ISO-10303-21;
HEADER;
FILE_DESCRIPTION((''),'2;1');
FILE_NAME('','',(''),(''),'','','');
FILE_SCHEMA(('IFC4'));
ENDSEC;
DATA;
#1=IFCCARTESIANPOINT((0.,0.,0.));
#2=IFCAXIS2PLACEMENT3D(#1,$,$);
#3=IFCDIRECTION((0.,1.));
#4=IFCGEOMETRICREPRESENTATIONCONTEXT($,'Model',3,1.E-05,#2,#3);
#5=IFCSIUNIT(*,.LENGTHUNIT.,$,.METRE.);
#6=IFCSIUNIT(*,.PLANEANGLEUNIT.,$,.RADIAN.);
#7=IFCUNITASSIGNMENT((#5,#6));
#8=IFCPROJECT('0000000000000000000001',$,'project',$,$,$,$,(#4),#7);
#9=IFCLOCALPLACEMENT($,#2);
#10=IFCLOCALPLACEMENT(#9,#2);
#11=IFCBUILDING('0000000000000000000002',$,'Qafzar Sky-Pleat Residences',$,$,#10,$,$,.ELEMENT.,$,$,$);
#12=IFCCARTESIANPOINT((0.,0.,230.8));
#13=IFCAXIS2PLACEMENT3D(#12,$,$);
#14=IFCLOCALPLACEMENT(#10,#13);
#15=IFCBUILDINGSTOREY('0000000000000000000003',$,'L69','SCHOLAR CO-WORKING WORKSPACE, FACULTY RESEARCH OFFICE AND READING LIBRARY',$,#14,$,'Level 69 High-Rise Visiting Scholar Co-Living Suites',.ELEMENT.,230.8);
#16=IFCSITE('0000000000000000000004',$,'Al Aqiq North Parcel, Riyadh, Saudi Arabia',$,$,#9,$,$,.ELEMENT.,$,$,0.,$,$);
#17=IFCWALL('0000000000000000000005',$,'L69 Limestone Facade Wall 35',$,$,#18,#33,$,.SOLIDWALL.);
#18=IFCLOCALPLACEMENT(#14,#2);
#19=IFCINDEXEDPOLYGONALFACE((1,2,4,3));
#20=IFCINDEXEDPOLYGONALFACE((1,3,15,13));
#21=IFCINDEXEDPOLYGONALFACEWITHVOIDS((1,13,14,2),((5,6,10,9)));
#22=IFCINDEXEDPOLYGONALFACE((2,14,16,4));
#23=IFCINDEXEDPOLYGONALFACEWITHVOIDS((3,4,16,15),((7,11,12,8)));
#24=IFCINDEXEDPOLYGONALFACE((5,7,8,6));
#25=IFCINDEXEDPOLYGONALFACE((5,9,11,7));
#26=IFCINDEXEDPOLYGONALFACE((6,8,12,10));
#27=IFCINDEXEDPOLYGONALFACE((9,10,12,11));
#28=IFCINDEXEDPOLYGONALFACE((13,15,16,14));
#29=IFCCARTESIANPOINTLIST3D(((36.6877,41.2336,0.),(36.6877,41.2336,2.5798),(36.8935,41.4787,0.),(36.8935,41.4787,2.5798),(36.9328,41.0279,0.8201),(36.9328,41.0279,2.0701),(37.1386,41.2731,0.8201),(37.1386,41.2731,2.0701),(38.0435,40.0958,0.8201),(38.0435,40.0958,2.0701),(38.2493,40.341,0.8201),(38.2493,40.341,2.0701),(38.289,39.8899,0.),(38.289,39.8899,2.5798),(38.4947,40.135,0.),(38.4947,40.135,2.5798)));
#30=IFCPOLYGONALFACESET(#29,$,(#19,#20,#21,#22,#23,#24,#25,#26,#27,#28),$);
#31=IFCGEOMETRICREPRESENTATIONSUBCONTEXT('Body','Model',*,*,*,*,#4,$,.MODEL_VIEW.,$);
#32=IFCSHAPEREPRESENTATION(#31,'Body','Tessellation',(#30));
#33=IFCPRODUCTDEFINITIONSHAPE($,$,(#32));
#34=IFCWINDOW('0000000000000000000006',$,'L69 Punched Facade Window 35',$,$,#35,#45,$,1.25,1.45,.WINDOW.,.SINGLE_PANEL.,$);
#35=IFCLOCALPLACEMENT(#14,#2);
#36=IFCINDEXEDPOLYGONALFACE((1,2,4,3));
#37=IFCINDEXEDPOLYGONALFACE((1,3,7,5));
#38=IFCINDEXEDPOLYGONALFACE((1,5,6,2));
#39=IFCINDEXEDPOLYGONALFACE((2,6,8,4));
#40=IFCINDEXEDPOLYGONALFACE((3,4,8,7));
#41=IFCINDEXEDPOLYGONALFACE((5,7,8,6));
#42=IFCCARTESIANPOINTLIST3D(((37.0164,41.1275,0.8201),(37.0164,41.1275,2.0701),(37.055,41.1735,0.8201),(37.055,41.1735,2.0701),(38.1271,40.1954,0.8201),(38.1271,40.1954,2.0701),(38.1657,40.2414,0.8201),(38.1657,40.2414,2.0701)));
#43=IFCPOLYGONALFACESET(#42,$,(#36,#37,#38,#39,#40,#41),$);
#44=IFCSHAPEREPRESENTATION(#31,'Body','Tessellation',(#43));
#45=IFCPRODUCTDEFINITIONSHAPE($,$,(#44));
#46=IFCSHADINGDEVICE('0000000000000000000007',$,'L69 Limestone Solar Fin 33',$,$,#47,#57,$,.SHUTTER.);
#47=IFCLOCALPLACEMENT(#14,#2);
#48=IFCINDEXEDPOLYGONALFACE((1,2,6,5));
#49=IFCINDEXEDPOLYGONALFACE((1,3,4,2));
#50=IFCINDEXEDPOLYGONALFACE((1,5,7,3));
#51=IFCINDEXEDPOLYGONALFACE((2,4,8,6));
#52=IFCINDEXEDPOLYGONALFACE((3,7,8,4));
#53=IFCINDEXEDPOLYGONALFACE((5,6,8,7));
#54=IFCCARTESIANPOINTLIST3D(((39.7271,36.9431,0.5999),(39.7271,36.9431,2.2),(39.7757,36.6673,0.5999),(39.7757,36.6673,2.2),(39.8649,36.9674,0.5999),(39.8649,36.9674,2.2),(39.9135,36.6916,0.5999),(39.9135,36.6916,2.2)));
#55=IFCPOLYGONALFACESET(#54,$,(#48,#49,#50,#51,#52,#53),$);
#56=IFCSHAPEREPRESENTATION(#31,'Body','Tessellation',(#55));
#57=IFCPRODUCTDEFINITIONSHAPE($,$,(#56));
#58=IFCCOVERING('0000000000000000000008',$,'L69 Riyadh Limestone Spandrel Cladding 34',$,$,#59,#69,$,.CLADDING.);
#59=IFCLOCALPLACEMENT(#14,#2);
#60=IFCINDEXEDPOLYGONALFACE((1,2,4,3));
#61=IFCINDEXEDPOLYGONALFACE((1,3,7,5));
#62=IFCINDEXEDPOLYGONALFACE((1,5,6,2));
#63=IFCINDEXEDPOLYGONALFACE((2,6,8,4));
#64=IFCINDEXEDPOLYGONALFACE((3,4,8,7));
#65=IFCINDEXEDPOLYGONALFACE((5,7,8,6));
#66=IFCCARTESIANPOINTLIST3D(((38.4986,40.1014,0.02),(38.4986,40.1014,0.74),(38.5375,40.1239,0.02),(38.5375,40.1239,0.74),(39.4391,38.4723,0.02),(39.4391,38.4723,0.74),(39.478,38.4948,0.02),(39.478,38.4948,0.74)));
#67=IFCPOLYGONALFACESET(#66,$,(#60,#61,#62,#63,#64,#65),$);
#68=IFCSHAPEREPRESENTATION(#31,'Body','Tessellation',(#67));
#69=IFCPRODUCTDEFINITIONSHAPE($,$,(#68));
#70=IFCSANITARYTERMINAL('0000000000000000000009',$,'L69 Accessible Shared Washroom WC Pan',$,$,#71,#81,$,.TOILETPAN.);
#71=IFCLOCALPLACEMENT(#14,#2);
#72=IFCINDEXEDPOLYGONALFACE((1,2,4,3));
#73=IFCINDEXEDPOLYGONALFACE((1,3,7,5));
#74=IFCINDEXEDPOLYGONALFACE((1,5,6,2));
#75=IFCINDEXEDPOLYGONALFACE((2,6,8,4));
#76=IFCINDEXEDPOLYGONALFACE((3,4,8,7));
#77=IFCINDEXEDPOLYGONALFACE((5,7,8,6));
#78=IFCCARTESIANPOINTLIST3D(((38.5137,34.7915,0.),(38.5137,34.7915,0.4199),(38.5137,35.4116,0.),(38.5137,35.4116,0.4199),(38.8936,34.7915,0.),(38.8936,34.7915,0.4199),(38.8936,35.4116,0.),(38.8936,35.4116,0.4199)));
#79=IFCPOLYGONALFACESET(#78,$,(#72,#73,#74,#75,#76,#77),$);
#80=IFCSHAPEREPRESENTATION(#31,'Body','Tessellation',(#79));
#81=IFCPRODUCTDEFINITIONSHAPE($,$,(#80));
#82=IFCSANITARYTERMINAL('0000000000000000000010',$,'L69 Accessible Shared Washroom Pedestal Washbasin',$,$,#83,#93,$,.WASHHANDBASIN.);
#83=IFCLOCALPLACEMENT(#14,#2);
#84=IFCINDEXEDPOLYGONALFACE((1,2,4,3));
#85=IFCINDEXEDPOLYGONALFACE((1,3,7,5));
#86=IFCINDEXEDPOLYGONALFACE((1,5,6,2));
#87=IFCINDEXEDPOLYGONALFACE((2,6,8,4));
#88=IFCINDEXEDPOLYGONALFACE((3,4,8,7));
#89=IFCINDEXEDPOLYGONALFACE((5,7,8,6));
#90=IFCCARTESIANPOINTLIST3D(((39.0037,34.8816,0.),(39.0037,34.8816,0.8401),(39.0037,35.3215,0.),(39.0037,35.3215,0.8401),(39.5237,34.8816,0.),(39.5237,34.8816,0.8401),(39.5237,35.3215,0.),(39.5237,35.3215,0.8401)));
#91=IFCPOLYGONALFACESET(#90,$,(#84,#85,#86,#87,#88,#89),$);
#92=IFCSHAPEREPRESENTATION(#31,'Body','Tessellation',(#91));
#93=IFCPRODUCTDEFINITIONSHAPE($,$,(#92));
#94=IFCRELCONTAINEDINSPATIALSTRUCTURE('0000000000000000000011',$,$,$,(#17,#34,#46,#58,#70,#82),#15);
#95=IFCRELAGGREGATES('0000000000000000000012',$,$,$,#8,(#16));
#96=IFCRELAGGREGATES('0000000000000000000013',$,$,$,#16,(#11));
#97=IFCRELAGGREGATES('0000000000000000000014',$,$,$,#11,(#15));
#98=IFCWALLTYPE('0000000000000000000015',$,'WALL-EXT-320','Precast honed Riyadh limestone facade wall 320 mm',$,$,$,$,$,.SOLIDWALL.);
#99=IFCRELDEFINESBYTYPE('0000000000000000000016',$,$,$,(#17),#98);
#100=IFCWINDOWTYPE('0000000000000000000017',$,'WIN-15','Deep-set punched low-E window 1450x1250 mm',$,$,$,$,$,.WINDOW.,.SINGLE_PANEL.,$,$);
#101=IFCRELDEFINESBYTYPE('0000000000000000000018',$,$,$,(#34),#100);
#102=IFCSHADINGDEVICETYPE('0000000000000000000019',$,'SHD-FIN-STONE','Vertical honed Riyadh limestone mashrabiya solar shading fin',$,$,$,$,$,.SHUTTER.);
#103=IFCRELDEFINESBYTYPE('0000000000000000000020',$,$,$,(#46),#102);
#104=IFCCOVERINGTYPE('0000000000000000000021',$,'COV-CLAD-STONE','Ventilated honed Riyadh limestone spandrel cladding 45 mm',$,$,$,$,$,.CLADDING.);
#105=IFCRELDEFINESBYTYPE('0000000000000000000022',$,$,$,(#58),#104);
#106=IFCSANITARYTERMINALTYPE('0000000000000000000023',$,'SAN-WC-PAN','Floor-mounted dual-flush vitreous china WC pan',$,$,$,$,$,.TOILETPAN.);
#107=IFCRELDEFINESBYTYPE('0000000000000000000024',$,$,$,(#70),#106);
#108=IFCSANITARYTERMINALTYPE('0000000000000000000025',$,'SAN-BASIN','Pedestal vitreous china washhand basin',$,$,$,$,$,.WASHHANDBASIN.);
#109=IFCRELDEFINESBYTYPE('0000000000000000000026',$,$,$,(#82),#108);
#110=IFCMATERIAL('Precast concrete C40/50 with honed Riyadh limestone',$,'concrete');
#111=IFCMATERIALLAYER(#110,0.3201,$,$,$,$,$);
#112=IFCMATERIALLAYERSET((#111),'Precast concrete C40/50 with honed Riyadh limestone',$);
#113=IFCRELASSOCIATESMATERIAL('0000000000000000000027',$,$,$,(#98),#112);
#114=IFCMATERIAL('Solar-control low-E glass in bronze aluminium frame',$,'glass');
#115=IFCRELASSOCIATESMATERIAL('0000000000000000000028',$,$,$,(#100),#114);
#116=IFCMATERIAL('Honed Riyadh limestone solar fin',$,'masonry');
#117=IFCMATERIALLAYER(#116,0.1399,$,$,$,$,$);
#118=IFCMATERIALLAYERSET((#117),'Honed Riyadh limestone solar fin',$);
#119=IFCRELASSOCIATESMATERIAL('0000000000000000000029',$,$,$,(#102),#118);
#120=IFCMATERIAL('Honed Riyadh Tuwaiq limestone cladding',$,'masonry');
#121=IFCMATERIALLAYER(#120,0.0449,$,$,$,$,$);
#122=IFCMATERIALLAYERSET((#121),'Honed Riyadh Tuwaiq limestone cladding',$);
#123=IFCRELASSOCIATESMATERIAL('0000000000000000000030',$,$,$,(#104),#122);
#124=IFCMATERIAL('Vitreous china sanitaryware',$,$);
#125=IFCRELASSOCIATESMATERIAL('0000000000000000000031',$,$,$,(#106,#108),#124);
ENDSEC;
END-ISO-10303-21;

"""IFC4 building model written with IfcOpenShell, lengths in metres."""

from ifc_helpers import new_model, si_unit, direction, frame, frame_2d, origin, origin_2d, place, context, subcontext, project, spatial, rectangle, extrude, source, transform, mapped, material, layer, layer_set, type_object, element, fill, save


model = new_model("IFC4")

# Units and contexts
model_context = context("Model", 3, precision=1e-05, world=origin(), true_north=direction((0.0, 1.0)))
body_context = subcontext(model_context, "Body", "Model", "MODEL_VIEW")
ifc_project = project(units=[si_unit("LENGTHUNIT", "METRE"), si_unit("PLANEANGLEUNIT", "RADIAN")], contexts=[model_context])

# Site, building, storey
site_placement = place(None, origin())
site = spatial("IfcSite", under=ifc_project, at=site_placement, Name="Al Aqiq North Parcel, Riyadh, Saudi Arabia", CompositionType="ELEMENT", RefElevation=0.0)
building_placement = place(site_placement, origin())
building = spatial("IfcBuilding", under=site, at=building_placement, Name="Qafzar Sky-Pleat Residences", CompositionType="ELEMENT")
storey_placement = place(building_placement, frame((0.0, 0.0, 230.8)))
storey = spatial("IfcBuildingStorey", under=building, at=storey_placement, Name="L69", Description="SCHOLAR CO-WORKING WORKSPACE, FACULTY RESEARCH OFFICE AND READING LIBRARY", LongName="Level 69 High-Rise Visiting Scholar Co-Living Suites", CompositionType="ELEMENT", Elevation=230.8)

# Wall, opening, window
ifc_material_1 = material(Name="Precast concrete C40/50 with honed Riyadh limestone", Category="concrete")
ifc_layer_1 = layer(ifc_material_1, 0.3201)
ifc_layer_set_1 = layer_set([ifc_layer_1], Name="Precast concrete C40/50 with honed Riyadh limestone")
wall_type_1 = type_object("IfcWallType", Name="WALL-EXT-320", Description="Precast honed Riyadh limestone facade wall 320 mm", PredefinedType="SOLIDWALL", material=ifc_layer_set_1)
ifc_material_2 = material(Name="Solar-control low-E glass in bronze aluminium frame", Category="glass")
window_type_1 = type_object("IfcWindowType", Name="WIN-15", Description="Deep-set punched low-E window 1450x1250 mm", PartitioningType="SINGLE_PANEL", PredefinedType="WINDOW", material=ifc_material_2)
shared_shape_1 = source(origin(), body_context, "Body", "SweptSolid", [
    extrude(rectangle(XDim=1.45, YDim=1.25, at=frame_2d((0.7251, 0.625))), frame((0.0, 0.03, 0.0), z_axis=(0.0, -1.0, 0.0), x_axis=(1.0, 0.0, 0.0)), (0.0, 0.0, 1.0), 0.0601),
])
wall_1_placement = place(storey_placement, frame((38.3918, 40.0125, 0.0), z_axis=(0.0, 0.0, 1.0), x_axis=(-0.766025, 0.642811, 0.0)))
wall_1 = element("IfcWall", 1, at=wall_1_placement, inside=storey, type_object=wall_type_1, Name="L69 Limestone Facade Wall 35", PredefinedType="SOLIDWALL", context=body_context, shape_type="SweptSolid", body=[
    extrude(rectangle(XDim=2.0903, YDim=0.3201, at=frame_2d((1.0452, 0.0))), origin(), (0.0, 0.0, 1.0), 2.5798),
])
opening_1_placement = place(wall_1_placement, frame((0.3203, 0.0, 0.8201)))
opening_1 = element("IfcOpeningElement", 2, at=opening_1_placement, cuts=wall_1, PredefinedType="OPENING", context=body_context, shape_type="SweptSolid", body=[
    extrude(rectangle(XDim=1.45, YDim=1.25, at=frame_2d((0.7251, 0.625))), frame((0.0, 0.1699, 0.0), z_axis=(0.0, -1.0, 0.0), x_axis=(1.0, 0.0, 0.0)), (0.0, 0.0, 1.0), 0.3401),
])
window_1_placement = place(opening_1_placement, origin())
window_1 = element("IfcWindow", 3, at=window_1_placement, inside=storey, type_object=window_type_1, Name="L69 Punched Facade Window 35", OverallHeight=1.25, OverallWidth=1.45, PartitioningType="SINGLE_PANEL", PredefinedType="WINDOW", context=body_context, shape_type="MappedRepresentation", body=[
    mapped(shared_shape_1, transform((0.0, 0.0, 0.0), x_axis=(1.0, 0.0, 0.0), y_axis=(0.0, 1.0, 0.0), z_axis=(0.0, 0.0, 1.0), scale=1.0)),
])
fill(opening_1, window_1)

# Shading device
ifc_material_3 = material(Name="Honed Riyadh limestone solar fin", Category="masonry")
ifc_layer_2 = layer(ifc_material_3, 0.1399)
ifc_layer_set_2 = layer_set([ifc_layer_2], Name="Honed Riyadh limestone solar fin")
shading_device_type = type_object("IfcShadingDeviceType", Name="SHD-FIN-STONE", Description="Vertical honed Riyadh limestone mashrabiya solar shading fin", PredefinedType="SHUTTER", material=ifc_layer_set_2)
shared_shape_2 = source(origin(), body_context, "Body", "SweptSolid", [
    extrude(rectangle(XDim=0.1399, YDim=0.28, at=origin_2d()), origin(), (0.0, 0.0, 1.0), 1.6001),
])
shading_device_placement = place(storey_placement, frame((39.8203, 36.8174, 0.5999), z_axis=(0.0, 0.0, 1.0), x_axis=(0.984806, 0.173658, 0.0)))
element("IfcShadingDevice", 4, at=shading_device_placement, inside=storey, type_object=shading_device_type, Name="L69 Limestone Solar Fin 33", PredefinedType="SHUTTER", context=body_context, shape_type="MappedRepresentation", body=[
    mapped(shared_shape_2, transform((0.0, 0.0, 0.0), x_axis=(1.0, 0.0, 0.0), y_axis=(0.0, 1.0, 0.0), z_axis=(0.0, 0.0, 1.0), scale=1.0)),
])

# Covering
ifc_material_4 = material(Name="Honed Riyadh Tuwaiq limestone cladding", Category="masonry")
ifc_layer_3 = layer(ifc_material_4, 0.0449)
ifc_layer_set_3 = layer_set([ifc_layer_3], Name="Honed Riyadh Tuwaiq limestone cladding")
covering_type = type_object("IfcCoveringType", Name="COV-CLAD-STONE", Description="Ventilated honed Riyadh limestone spandrel cladding 45 mm", PredefinedType="CLADDING", material=ifc_layer_set_3)
shared_shape_3 = source(origin(), body_context, "Body", "SweptSolid", [
    extrude(rectangle(XDim=1.8811, YDim=0.0449, at=origin_2d()), origin(), (0.0, 0.0, 1.0), 0.72),
])
covering_placement = place(storey_placement, frame((38.9883, 39.2981, 0.02), z_axis=(0.0, 0.0, 1.0), x_axis=(-0.499993, 0.866029, 0.0)))
element("IfcCovering", 5, at=covering_placement, inside=storey, type_object=covering_type, Name="L69 Riyadh Limestone Spandrel Cladding 34", PredefinedType="CLADDING", context=body_context, shape_type="MappedRepresentation", body=[
    mapped(shared_shape_3, transform((0.0, 0.0, 0.0), x_axis=(1.0, 0.0, 0.0), y_axis=(0.0, 1.0, 0.0), z_axis=(0.0, 0.0, 1.0), scale=1.0)),
])

# Sanitary terminals
ifc_material_5 = material(Name="Vitreous china sanitaryware")
sanitary_terminal_type_1 = type_object("IfcSanitaryTerminalType", Name="SAN-WC-PAN", Description="Floor-mounted dual-flush vitreous china WC pan", PredefinedType="TOILETPAN", material=ifc_material_5)
shared_shape_4 = source(origin(), body_context, "Body", "SweptSolid", [
    extrude(rectangle(XDim=0.3799, YDim=0.6201, at=origin_2d()), origin(), (0.0, 0.0, 1.0), 0.4199),
])
sanitary_terminal_1_placement = place(storey_placement, frame((38.7036, 35.1016, 0.0), z_axis=(0.0, 0.0, 1.0), x_axis=(1.0, 0.0, 0.0)))
element("IfcSanitaryTerminal", 6, at=sanitary_terminal_1_placement, inside=storey, type_object=sanitary_terminal_type_1, Name="L69 Accessible Shared Washroom WC Pan", PredefinedType="TOILETPAN", context=body_context, shape_type="MappedRepresentation", body=[
    mapped(shared_shape_4, transform((0.0, 0.0, 0.0), x_axis=(1.0, 0.0, 0.0), y_axis=(0.0, 1.0, 0.0), z_axis=(0.0, 0.0, 1.0), scale=1.0)),
])
sanitary_terminal_type_2 = type_object("IfcSanitaryTerminalType", Name="SAN-BASIN", Description="Pedestal vitreous china washhand basin", PredefinedType="WASHHANDBASIN", material=ifc_material_5)
shared_shape_5 = source(origin(), body_context, "Body", "SweptSolid", [
    extrude(rectangle(XDim=0.52, YDim=0.4399, at=origin_2d()), origin(), (0.0, 0.0, 1.0), 0.8401),
])
sanitary_terminal_2_placement = place(storey_placement, frame((39.2637, 35.1016, 0.0), z_axis=(0.0, 0.0, 1.0), x_axis=(1.0, 0.0, 0.0)))
element("IfcSanitaryTerminal", 7, at=sanitary_terminal_2_placement, inside=storey, type_object=sanitary_terminal_type_2, Name="L69 Accessible Shared Washroom Pedestal Washbasin", PredefinedType="WASHHANDBASIN", context=body_context, shape_type="MappedRepresentation", body=[
    mapped(shared_shape_5, transform((0.0, 0.0, 0.0), x_axis=(1.0, 0.0, 0.0), y_axis=(0.0, 1.0, 0.0), z_axis=(0.0, 0.0, 1.0), scale=1.0)),
])

save(model, "model.ifc")
